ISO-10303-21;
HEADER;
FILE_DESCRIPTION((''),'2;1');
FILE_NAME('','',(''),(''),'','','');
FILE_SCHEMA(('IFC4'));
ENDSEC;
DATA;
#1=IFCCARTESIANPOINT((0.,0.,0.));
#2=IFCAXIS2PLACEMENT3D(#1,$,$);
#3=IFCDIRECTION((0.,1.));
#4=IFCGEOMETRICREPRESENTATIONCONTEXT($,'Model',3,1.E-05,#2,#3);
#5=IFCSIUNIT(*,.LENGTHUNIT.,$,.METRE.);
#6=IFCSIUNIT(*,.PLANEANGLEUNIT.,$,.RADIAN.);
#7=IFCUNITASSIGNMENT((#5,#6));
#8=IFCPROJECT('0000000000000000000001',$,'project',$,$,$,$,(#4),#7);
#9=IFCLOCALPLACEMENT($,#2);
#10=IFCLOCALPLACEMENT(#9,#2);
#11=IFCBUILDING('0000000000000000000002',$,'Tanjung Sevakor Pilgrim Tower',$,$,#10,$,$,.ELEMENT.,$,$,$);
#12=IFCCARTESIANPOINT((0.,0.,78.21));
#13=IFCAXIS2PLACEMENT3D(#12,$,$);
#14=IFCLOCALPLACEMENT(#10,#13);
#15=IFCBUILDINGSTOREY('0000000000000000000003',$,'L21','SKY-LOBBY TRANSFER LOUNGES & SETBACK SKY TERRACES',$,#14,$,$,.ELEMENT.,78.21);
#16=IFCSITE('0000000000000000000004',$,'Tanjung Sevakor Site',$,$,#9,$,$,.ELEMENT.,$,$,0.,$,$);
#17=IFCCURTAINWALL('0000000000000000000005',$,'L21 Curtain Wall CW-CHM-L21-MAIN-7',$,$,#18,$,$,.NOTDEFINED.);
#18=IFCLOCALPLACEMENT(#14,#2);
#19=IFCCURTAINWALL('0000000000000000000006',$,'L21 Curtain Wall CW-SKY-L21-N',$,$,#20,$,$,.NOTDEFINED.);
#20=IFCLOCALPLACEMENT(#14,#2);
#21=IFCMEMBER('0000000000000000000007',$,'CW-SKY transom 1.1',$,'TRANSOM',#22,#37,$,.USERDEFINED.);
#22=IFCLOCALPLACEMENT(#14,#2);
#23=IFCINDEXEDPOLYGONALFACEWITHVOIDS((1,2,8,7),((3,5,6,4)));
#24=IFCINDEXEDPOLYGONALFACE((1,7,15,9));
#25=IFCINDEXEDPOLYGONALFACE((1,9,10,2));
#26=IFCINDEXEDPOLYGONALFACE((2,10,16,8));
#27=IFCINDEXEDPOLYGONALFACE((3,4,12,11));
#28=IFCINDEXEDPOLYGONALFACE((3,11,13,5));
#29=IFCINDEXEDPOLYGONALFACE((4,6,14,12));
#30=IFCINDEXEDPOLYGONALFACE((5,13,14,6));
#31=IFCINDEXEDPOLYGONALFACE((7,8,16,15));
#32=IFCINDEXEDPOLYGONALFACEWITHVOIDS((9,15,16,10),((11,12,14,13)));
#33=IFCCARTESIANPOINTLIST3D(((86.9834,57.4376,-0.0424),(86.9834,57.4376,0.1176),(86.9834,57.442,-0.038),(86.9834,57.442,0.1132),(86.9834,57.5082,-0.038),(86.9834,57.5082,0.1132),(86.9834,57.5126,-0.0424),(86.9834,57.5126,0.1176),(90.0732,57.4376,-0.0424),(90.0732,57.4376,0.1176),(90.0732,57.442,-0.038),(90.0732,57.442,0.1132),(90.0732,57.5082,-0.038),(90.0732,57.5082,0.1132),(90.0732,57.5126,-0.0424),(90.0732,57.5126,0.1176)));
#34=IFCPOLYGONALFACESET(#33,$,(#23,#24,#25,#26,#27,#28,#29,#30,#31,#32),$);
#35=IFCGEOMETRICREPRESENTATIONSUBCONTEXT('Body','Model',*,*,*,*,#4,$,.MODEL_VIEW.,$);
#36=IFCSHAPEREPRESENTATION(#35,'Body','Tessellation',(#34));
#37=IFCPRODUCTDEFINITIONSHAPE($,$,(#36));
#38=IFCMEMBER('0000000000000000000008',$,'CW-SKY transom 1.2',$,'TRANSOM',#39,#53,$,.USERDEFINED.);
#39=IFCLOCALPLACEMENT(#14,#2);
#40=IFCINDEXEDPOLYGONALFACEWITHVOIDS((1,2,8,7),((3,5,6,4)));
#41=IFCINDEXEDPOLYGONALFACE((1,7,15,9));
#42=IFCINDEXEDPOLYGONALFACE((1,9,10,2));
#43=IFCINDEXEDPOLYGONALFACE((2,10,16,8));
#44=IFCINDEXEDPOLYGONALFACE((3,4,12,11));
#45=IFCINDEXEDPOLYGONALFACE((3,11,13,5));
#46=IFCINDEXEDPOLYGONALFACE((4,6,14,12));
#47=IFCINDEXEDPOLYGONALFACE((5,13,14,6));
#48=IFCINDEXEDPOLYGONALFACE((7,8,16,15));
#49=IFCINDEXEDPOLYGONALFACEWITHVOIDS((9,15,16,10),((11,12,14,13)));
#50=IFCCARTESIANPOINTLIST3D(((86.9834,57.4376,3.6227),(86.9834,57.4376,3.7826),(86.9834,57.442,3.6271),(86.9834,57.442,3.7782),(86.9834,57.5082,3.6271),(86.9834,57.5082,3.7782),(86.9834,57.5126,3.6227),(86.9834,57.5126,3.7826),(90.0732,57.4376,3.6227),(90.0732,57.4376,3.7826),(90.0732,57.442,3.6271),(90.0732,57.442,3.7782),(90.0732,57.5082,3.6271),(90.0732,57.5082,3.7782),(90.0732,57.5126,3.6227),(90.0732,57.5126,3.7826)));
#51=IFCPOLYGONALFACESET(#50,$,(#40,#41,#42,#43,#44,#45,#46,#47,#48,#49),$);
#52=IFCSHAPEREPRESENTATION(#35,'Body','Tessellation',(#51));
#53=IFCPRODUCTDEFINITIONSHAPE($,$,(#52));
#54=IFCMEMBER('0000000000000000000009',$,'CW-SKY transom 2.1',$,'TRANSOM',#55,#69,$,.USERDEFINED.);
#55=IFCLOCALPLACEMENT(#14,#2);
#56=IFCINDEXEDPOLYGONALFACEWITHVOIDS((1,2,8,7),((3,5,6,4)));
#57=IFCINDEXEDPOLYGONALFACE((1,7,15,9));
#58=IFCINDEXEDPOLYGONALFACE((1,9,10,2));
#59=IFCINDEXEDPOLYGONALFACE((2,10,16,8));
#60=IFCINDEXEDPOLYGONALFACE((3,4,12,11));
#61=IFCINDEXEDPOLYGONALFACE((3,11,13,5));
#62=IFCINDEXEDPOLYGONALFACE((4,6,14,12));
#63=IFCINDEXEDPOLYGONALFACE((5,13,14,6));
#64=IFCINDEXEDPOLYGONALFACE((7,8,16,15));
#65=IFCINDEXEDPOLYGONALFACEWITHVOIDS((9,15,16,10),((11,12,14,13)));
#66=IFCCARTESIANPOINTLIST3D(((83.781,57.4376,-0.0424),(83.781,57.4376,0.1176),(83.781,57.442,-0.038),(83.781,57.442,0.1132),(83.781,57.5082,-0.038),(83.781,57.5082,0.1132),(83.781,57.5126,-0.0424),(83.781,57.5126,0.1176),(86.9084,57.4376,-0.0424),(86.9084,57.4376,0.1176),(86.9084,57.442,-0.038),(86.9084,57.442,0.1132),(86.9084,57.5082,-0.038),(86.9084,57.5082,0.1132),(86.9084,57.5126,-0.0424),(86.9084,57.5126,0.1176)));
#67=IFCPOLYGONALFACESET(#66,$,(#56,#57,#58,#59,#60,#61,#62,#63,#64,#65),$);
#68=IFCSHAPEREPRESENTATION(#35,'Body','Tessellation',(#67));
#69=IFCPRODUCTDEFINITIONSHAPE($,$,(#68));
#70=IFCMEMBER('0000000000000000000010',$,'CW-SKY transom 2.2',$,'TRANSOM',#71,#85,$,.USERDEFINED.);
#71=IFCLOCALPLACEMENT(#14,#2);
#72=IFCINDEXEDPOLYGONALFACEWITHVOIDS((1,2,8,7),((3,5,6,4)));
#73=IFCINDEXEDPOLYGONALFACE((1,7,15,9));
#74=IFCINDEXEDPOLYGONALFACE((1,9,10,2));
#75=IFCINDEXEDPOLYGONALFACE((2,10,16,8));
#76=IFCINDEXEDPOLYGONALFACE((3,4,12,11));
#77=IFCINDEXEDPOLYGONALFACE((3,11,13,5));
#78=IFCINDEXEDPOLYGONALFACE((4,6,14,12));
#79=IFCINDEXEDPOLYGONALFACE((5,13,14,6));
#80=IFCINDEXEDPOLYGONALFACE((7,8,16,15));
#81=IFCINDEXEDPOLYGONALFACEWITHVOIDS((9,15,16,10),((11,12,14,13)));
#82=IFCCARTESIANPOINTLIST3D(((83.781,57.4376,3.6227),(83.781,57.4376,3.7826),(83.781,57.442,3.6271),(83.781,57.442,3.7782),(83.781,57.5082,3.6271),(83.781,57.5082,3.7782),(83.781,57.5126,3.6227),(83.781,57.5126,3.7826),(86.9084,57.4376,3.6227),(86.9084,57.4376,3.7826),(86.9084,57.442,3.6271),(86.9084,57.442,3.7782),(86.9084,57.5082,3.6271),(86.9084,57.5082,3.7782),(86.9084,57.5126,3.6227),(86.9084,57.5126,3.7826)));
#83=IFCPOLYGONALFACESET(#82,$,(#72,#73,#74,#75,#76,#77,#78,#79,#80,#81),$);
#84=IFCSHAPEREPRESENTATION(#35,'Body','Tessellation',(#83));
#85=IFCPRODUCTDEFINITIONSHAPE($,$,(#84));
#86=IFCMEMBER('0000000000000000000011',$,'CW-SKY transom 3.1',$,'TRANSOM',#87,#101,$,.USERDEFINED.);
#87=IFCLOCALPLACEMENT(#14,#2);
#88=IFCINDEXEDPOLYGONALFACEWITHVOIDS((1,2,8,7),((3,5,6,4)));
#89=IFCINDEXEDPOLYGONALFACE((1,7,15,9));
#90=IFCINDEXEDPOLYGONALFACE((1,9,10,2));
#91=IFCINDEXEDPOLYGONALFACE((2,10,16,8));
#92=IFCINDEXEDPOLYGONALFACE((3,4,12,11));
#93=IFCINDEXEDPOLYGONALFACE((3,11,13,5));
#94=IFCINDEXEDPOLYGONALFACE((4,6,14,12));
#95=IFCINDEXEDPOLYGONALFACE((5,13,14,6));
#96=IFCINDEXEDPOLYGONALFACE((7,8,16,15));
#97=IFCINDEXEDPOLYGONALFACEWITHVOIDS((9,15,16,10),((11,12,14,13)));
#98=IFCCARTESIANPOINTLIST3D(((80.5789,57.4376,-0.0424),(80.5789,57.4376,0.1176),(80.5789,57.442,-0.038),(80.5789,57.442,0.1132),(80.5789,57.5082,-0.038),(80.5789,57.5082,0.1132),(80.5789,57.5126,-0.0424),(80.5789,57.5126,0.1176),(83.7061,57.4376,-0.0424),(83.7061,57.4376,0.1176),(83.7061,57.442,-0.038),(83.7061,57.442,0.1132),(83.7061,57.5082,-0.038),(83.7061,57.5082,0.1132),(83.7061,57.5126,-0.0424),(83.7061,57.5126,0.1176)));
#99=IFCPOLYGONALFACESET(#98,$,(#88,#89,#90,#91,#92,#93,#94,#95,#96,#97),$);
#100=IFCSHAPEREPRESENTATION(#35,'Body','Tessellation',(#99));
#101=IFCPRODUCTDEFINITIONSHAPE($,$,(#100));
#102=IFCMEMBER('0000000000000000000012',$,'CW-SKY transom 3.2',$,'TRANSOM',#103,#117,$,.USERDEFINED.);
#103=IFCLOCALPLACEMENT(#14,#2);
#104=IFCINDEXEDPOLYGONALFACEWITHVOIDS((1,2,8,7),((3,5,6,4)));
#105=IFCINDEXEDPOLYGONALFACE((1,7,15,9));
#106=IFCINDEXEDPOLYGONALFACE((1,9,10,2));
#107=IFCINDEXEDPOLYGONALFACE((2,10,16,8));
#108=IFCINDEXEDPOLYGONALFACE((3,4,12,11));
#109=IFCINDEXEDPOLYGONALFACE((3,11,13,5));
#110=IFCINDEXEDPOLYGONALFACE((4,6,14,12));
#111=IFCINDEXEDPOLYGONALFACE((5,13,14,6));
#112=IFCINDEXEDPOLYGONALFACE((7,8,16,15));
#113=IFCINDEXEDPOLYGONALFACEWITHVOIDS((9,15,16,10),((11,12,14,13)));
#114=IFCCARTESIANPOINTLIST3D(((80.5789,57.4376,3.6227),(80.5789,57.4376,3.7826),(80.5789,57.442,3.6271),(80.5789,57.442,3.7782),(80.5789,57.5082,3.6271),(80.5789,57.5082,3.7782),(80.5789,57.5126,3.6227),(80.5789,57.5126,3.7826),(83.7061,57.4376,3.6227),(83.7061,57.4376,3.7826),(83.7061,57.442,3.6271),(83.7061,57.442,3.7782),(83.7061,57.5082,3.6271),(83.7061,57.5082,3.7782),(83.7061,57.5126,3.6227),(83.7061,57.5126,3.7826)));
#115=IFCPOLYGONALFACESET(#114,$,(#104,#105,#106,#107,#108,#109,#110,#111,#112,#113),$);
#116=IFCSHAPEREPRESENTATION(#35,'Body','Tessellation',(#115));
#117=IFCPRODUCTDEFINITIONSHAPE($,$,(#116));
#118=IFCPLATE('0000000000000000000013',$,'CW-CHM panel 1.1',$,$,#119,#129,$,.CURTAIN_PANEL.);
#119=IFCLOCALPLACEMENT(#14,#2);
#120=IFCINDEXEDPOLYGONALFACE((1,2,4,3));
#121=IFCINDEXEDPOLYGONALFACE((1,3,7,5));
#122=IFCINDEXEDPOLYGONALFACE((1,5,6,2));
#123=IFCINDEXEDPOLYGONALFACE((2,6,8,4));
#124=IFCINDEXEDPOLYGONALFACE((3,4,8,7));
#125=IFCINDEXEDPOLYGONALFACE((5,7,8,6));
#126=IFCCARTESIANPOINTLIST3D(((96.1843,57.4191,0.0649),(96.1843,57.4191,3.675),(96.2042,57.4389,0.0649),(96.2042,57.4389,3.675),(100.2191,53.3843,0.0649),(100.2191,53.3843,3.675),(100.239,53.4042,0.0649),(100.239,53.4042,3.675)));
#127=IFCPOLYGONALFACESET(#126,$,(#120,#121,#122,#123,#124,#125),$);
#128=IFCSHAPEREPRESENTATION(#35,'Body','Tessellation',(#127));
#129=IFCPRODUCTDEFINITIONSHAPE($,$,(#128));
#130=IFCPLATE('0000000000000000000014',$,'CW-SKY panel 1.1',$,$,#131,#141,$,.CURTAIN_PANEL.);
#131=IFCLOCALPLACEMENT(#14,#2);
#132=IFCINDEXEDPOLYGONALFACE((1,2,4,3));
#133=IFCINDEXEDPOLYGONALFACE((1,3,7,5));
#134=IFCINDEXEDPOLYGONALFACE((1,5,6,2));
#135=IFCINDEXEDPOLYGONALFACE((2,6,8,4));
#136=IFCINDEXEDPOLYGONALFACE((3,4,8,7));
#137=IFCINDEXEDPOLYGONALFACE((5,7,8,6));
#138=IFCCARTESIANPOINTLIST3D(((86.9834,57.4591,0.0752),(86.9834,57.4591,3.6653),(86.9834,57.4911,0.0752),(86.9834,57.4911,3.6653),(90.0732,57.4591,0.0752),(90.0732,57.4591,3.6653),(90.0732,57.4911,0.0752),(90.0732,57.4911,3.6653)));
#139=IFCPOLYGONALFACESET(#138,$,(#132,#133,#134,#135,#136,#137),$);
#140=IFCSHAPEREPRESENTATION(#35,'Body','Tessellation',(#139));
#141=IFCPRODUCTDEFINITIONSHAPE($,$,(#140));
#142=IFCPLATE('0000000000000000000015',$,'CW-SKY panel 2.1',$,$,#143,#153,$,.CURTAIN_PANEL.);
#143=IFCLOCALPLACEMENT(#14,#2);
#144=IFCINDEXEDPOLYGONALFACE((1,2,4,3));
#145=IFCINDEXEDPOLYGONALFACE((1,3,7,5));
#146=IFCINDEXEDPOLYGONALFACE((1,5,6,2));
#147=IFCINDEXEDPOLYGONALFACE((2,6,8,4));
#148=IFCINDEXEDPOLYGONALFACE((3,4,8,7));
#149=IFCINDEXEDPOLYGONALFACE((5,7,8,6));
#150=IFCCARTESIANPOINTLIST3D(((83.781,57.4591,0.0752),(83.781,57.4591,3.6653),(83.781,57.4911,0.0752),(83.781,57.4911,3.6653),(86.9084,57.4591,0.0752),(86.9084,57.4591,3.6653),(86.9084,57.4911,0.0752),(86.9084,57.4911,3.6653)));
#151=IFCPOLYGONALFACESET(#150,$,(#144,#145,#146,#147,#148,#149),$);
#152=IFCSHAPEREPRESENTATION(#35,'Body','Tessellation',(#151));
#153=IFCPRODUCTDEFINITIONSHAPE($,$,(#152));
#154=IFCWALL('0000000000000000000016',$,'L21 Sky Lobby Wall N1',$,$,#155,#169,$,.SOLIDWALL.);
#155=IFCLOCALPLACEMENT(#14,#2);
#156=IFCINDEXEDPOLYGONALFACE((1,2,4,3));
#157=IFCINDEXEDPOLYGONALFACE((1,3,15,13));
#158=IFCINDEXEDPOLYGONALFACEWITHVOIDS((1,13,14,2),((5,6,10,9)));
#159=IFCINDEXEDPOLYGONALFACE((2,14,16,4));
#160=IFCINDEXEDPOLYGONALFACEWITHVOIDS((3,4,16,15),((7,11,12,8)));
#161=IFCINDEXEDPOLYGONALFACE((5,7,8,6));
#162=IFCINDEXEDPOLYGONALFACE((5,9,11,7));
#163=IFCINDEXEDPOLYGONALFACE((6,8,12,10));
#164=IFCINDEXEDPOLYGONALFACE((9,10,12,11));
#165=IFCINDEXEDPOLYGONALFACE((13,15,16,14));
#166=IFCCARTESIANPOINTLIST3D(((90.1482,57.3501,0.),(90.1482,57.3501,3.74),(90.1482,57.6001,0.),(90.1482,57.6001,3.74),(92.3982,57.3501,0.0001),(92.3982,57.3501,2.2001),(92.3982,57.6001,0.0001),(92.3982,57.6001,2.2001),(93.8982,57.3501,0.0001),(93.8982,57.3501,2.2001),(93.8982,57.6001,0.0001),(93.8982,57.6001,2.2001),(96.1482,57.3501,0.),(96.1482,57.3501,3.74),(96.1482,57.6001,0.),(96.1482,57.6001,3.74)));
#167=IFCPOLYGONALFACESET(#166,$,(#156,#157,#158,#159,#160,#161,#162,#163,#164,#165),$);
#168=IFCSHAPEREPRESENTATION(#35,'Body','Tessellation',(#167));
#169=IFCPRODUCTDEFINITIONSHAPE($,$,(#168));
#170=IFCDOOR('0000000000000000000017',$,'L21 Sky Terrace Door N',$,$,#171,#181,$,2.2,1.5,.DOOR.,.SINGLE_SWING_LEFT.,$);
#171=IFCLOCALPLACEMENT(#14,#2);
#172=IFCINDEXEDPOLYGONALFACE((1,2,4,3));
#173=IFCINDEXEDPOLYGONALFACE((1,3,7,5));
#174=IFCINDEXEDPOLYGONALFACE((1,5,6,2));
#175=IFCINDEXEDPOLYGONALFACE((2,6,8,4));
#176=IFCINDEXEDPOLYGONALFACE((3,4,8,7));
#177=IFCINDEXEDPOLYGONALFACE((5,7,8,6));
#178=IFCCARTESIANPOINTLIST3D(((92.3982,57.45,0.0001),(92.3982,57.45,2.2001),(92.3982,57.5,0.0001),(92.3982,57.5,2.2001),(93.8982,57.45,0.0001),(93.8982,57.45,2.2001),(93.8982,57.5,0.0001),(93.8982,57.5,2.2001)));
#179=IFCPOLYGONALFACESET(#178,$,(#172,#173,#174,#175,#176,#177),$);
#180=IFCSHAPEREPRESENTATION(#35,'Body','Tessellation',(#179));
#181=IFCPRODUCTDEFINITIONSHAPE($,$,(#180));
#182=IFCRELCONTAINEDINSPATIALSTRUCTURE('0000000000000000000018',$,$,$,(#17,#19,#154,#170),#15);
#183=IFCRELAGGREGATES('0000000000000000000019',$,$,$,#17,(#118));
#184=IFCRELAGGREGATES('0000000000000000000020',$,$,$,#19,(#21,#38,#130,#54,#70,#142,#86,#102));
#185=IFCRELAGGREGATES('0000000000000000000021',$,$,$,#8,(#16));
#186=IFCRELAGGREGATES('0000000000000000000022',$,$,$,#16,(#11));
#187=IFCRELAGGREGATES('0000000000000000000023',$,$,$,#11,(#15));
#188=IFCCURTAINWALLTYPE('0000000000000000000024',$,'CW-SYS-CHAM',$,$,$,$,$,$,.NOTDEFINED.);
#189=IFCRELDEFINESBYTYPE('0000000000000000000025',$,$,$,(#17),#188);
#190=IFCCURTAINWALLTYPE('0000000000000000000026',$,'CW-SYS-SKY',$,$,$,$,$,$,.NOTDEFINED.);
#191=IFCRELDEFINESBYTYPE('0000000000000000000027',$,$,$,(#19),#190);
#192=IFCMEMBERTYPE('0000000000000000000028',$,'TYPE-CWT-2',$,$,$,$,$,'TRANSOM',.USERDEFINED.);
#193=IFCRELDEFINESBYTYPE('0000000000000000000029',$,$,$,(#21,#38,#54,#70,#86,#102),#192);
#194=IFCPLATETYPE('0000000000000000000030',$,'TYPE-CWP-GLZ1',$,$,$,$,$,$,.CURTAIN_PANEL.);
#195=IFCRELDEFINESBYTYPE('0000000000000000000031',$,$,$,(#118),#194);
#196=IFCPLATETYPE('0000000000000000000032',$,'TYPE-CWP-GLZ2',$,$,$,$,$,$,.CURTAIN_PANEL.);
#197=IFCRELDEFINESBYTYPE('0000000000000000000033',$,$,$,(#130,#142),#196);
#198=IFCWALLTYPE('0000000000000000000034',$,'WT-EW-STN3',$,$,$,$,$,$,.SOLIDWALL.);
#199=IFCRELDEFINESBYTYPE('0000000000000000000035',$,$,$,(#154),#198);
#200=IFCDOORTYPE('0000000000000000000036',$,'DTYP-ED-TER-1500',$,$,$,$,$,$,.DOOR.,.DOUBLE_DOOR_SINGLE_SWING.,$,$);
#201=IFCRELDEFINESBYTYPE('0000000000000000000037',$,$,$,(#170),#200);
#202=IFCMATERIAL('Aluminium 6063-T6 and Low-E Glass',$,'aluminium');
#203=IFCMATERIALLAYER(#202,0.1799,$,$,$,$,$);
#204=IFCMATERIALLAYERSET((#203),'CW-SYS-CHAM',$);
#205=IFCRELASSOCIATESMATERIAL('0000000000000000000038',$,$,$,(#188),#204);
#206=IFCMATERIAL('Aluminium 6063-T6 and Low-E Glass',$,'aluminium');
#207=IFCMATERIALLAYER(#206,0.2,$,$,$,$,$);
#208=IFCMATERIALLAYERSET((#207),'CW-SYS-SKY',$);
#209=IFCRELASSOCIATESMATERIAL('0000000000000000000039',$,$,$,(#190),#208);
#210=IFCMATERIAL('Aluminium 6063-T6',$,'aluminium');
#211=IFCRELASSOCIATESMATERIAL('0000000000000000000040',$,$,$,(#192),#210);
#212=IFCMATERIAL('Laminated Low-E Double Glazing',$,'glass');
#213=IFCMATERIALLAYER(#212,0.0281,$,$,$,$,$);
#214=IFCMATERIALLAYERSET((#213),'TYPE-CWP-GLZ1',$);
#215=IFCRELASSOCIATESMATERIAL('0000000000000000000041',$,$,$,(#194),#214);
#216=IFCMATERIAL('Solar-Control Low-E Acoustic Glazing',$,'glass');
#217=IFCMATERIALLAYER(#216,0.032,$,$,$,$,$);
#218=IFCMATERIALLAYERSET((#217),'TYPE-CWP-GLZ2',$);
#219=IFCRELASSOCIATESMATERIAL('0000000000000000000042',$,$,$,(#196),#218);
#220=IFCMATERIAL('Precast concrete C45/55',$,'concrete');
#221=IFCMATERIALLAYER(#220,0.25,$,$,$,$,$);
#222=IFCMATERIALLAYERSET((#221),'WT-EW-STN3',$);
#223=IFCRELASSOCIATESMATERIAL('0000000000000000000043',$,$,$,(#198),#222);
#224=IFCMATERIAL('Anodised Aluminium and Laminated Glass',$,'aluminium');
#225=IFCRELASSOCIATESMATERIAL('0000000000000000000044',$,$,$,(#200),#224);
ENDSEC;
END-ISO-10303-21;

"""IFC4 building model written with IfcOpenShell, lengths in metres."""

from ifc_helpers import new_model, si_unit, direction, frame, frame_2d, origin, origin_2d, place, context, subcontext, project, spatial, rectangle, hollow_rectangle, extrude, material, layer, layer_set, material_profile, profile_set, type_object, element, fill, aggregate, save


model = new_model("IFC4")

# Units and contexts
model_context = context("Model", 3, precision=1e-05, world=origin(), true_north=direction((0.0, 1.0)))
body_context = subcontext(model_context, "Body", "Model", "MODEL_VIEW")
ifc_project = project(units=[si_unit("LENGTHUNIT", "METRE"), si_unit("PLANEANGLEUNIT", "RADIAN")], contexts=[model_context])

# Site, building, storey
site_placement = place(None, origin())
site = spatial("IfcSite", under=ifc_project, at=site_placement, Name="Tanjung Sevakor Site", CompositionType="ELEMENT", RefElevation=0.0)
building_placement = place(site_placement, origin())
building = spatial("IfcBuilding", under=site, at=building_placement, Name="Tanjung Sevakor Pilgrim Tower", CompositionType="ELEMENT")
storey_placement = place(building_placement, frame((0.0, 0.0, 78.21)))
storey = spatial("IfcBuildingStorey", under=building, at=storey_placement, Name="L21", Description="SKY-LOBBY TRANSFER LOUNGES & SETBACK SKY TERRACES", CompositionType="ELEMENT", Elevation=78.21)

# Curtain walls
ifc_material_1 = material(Name="Aluminium 6063-T6 and Low-E Glass", Category="aluminium")
ifc_layer_1 = layer(ifc_material_1, 0.1799)
ifc_layer_set_1 = layer_set([ifc_layer_1], Name="CW-SYS-CHAM")
curtain_wall_type_1 = type_object("IfcCurtainWallType", Name="CW-SYS-CHAM", PredefinedType="NOTDEFINED", material=ifc_layer_set_1)
curtain_wall_1_placement = place(storey_placement, origin())
curtain_wall_1 = element("IfcCurtainWall", 1, at=curtain_wall_1_placement, inside=storey, type_object=curtain_wall_type_1, Name="L21 Curtain Wall CW-CHM-L21-MAIN-7", PredefinedType="NOTDEFINED")
ifc_material_2 = material(Name="Aluminium 6063-T6 and Low-E Glass", Category="aluminium")
ifc_layer_2 = layer(ifc_material_2, 0.2)
ifc_layer_set_2 = layer_set([ifc_layer_2], Name="CW-SYS-SKY")
curtain_wall_type_2 = type_object("IfcCurtainWallType", Name="CW-SYS-SKY", PredefinedType="NOTDEFINED", material=ifc_layer_set_2)
curtain_wall_2_placement = place(storey_placement, origin())
curtain_wall_2 = element("IfcCurtainWall", 2, at=curtain_wall_2_placement, inside=storey, type_object=curtain_wall_type_2, Name="L21 Curtain Wall CW-SKY-L21-N", PredefinedType="NOTDEFINED")

# Members
ifc_material_3 = material(Name="Aluminium 6063-T6", Category="aluminium")
ifc_material_profile_1 = material_profile(ifc_material_3, hollow_rectangle(XDim=0.075, YDim=0.1599, WallThickness=0.0044, at=origin_2d()))
ifc_profile_set_1 = profile_set([ifc_material_profile_1], Name="Aluminium 6063-T6")
member_type_1 = type_object("IfcMemberType", Name="TYPE-CWT-2", ElementType="TRANSOM", PredefinedType="USERDEFINED", material=ifc_profile_set_1)
member_1_placement = place(storey_placement, frame((90.0732, 57.4751, 0.0376), z_axis=(-1.0, 0.0, 0.0), x_axis=(0.0, -1.0, 0.0)))
member_1 = element("IfcMember", 3, at=member_1_placement, type_object=member_type_1, Name="CW-SKY transom 1.1", ObjectType="TRANSOM", PredefinedType="USERDEFINED", context=body_context, shape_type="SweptSolid", body=[
    extrude(hollow_rectangle(XDim=0.075, YDim=0.1599, WallThickness=0.0044, at=origin_2d()), origin(), (0.0, 0.0, 1.0), 3.0898),
])
member_2_placement = place(storey_placement, frame((90.0732, 57.4751, 3.7026), z_axis=(-1.0, 0.0, 0.0), x_axis=(0.0, -1.0, 0.0)))
member_2 = element("IfcMember", 4, at=member_2_placement, type_object=member_type_1, Name="CW-SKY transom 1.2", ObjectType="TRANSOM", PredefinedType="USERDEFINED", context=body_context, shape_type="SweptSolid", body=[
    extrude(hollow_rectangle(XDim=0.075, YDim=0.1599, WallThickness=0.0044, at=origin_2d()), origin(), (0.0, 0.0, 1.0), 3.0898),
])
member_3_placement = place(storey_placement, frame((86.9084, 57.4751, 0.0376), z_axis=(-1.0, 0.0, 0.0), x_axis=(0.0, -1.0, 0.0)))
member_3 = element("IfcMember", 5, at=member_3_placement, type_object=member_type_1, Name="CW-SKY transom 2.1", ObjectType="TRANSOM", PredefinedType="USERDEFINED", context=body_context, shape_type="SweptSolid", body=[
    extrude(hollow_rectangle(XDim=0.075, YDim=0.1599, WallThickness=0.0044, at=origin_2d()), origin(), (0.0, 0.0, 1.0), 3.1274),
])
member_4_placement = place(storey_placement, frame((86.9084, 57.4751, 3.7026), z_axis=(-1.0, 0.0, 0.0), x_axis=(0.0, -1.0, 0.0)))
member_4 = element("IfcMember", 6, at=member_4_placement, type_object=member_type_1, Name="CW-SKY transom 2.2", ObjectType="TRANSOM", PredefinedType="USERDEFINED", context=body_context, shape_type="SweptSolid", body=[
    extrude(hollow_rectangle(XDim=0.075, YDim=0.1599, WallThickness=0.0044, at=origin_2d()), origin(), (0.0, 0.0, 1.0), 3.1274),
])
member_5_placement = place(storey_placement, frame((83.7061, 57.4751, 0.0376), z_axis=(-1.0, 0.0, 0.0), x_axis=(0.0, -1.0, 0.0)))
member_5 = element("IfcMember", 7, at=member_5_placement, type_object=member_type_1, Name="CW-SKY transom 3.1", ObjectType="TRANSOM", PredefinedType="USERDEFINED", context=body_context, shape_type="SweptSolid", body=[
    extrude(hollow_rectangle(XDim=0.075, YDim=0.1599, WallThickness=0.0044, at=origin_2d()), origin(), (0.0, 0.0, 1.0), 3.1272),
])
member_6_placement = place(storey_placement, frame((83.7061, 57.4751, 3.7026), z_axis=(-1.0, 0.0, 0.0), x_axis=(0.0, -1.0, 0.0)))
member_6 = element("IfcMember", 8, at=member_6_placement, type_object=member_type_1, Name="CW-SKY transom 3.2", ObjectType="TRANSOM", PredefinedType="USERDEFINED", context=body_context, shape_type="SweptSolid", body=[
    extrude(hollow_rectangle(XDim=0.075, YDim=0.1599, WallThickness=0.0044, at=origin_2d()), origin(), (0.0, 0.0, 1.0), 3.1272),
])

# Plates
ifc_material_4 = material(Name="Laminated Low-E Double Glazing", Category="glass")
ifc_layer_3 = layer(ifc_material_4, 0.0281)
ifc_layer_set_3 = layer_set([ifc_layer_3], Name="TYPE-CWP-GLZ1")
plate_type_1 = type_object("IfcPlateType", Name="TYPE-CWP-GLZ1", PredefinedType="CURTAIN_PANEL", material=ifc_layer_set_3)
plate_1_placement = place(storey_placement, frame((98.2117, 55.4116, 0.0649), z_axis=(0.0, 0.0, 1.0), x_axis=(-0.707107, 0.707107, 0.0)))
plate_1 = element("IfcPlate", 9, at=plate_1_placement, type_object=plate_type_1, Name="CW-CHM panel 1.1", PredefinedType="CURTAIN_PANEL", context=body_context, shape_type="SweptSolid", body=[
    extrude(rectangle(XDim=5.7061, YDim=0.0281, at=origin_2d()), origin(), (0.0, 0.0, 1.0), 3.6101),
])
aggregate(curtain_wall_1, [plate_1])
ifc_material_5 = material(Name="Solar-Control Low-E Acoustic Glazing", Category="glass")
ifc_layer_4 = layer(ifc_material_5, 0.032)
ifc_layer_set_4 = layer_set([ifc_layer_4], Name="TYPE-CWP-GLZ2")
plate_type_2 = type_object("IfcPlateType", Name="TYPE-CWP-GLZ2", PredefinedType="CURTAIN_PANEL", material=ifc_layer_set_4)
plate_2_placement = place(storey_placement, frame((88.5283, 57.4751, 0.0752), z_axis=(0.0, 0.0, 1.0), x_axis=(-1.0, 0.0, 0.0)))
plate_2 = element("IfcPlate", 10, at=plate_2_placement, type_object=plate_type_2, Name="CW-SKY panel 1.1", PredefinedType="CURTAIN_PANEL", context=body_context, shape_type="SweptSolid", body=[
    extrude(rectangle(XDim=3.0898, YDim=0.032, at=origin_2d()), origin(), (0.0, 0.0, 1.0), 3.5901),
])
plate_3_placement = place(storey_placement, frame((85.3447, 57.4751, 0.0752), z_axis=(0.0, 0.0, 1.0), x_axis=(-1.0, 0.0, 0.0)))
plate_3 = element("IfcPlate", 11, at=plate_3_placement, type_object=plate_type_2, Name="CW-SKY panel 2.1", PredefinedType="CURTAIN_PANEL", context=body_context, shape_type="SweptSolid", body=[
    extrude(rectangle(XDim=3.1274, YDim=0.032, at=origin_2d()), origin(), (0.0, 0.0, 1.0), 3.5901),
])
aggregate(curtain_wall_2, [member_1, member_2, plate_2, member_3, member_4, plate_3, member_5, member_6])

# Wall, opening, door
ifc_material_6 = material(Name="Precast concrete C45/55", Category="concrete")
ifc_layer_5 = layer(ifc_material_6, 0.25)
ifc_layer_set_5 = layer_set([ifc_layer_5], Name="WT-EW-STN3")
wall_type = type_object("IfcWallType", Name="WT-EW-STN3", PredefinedType="SOLIDWALL", material=ifc_layer_set_5)
wall_placement = place(storey_placement, frame((96.1482, 57.4751, 0.0), z_axis=(0.0, 0.0, 1.0), x_axis=(-1.0, 0.0, 0.0)))
wall = element("IfcWall", 12, at=wall_placement, inside=storey, type_object=wall_type, Name="L21 Sky Lobby Wall N1", PredefinedType="SOLIDWALL", context=body_context, shape_type="SweptSolid", body=[
    extrude(rectangle(XDim=6.0, YDim=0.25, at=frame_2d((3.0, 0.0))), origin(), (0.0, 0.0, 1.0), 3.74),
])
opening_placement = place(wall_placement, frame((2.25, 0.0, 0.0)))
opening = element("IfcOpeningElement", 13, at=opening_placement, cuts=wall, PredefinedType="OPENING", context=body_context, shape_type="SweptSolid", body=[
    extrude(rectangle(XDim=1.5, YDim=2.2, at=frame_2d((0.75, 1.1001))), frame((0.0, 0.135, 0.0), z_axis=(0.0, -1.0, 0.0), x_axis=(1.0, 0.0, 0.0)), (0.0, 0.0, 1.0), 0.27),
])
ifc_material_7 = material(Name="Anodised Aluminium and Laminated Glass", Category="aluminium")
door_type = type_object("IfcDoorType", Name="DTYP-ED-TER-1500", OperationType="DOUBLE_DOOR_SINGLE_SWING", PredefinedType="DOOR", material=ifc_material_7)
door_placement = place(opening_placement, frame((1.5, 0.0, 0.0), z_axis=(0.0, 0.0, 1.0), x_axis=(-1.0, 0.0, 0.0)))
door = element("IfcDoor", 14, at=door_placement, inside=storey, type_object=door_type, Name="L21 Sky Terrace Door N", OperationType="SINGLE_SWING_LEFT", OverallHeight=2.2, OverallWidth=1.5, PredefinedType="DOOR", context=body_context, shape_type="SweptSolid", body=[
    extrude(rectangle(XDim=1.5, YDim=2.2, at=frame_2d((0.75, 1.1001))), frame((0.0, 0.0249, 0.0), z_axis=(0.0, -1.0, 0.0), x_axis=(1.0, 0.0, 0.0)), (0.0, 0.0, 1.0), 0.05),
])
fill(opening, door)

save(model, "model.ifc")
